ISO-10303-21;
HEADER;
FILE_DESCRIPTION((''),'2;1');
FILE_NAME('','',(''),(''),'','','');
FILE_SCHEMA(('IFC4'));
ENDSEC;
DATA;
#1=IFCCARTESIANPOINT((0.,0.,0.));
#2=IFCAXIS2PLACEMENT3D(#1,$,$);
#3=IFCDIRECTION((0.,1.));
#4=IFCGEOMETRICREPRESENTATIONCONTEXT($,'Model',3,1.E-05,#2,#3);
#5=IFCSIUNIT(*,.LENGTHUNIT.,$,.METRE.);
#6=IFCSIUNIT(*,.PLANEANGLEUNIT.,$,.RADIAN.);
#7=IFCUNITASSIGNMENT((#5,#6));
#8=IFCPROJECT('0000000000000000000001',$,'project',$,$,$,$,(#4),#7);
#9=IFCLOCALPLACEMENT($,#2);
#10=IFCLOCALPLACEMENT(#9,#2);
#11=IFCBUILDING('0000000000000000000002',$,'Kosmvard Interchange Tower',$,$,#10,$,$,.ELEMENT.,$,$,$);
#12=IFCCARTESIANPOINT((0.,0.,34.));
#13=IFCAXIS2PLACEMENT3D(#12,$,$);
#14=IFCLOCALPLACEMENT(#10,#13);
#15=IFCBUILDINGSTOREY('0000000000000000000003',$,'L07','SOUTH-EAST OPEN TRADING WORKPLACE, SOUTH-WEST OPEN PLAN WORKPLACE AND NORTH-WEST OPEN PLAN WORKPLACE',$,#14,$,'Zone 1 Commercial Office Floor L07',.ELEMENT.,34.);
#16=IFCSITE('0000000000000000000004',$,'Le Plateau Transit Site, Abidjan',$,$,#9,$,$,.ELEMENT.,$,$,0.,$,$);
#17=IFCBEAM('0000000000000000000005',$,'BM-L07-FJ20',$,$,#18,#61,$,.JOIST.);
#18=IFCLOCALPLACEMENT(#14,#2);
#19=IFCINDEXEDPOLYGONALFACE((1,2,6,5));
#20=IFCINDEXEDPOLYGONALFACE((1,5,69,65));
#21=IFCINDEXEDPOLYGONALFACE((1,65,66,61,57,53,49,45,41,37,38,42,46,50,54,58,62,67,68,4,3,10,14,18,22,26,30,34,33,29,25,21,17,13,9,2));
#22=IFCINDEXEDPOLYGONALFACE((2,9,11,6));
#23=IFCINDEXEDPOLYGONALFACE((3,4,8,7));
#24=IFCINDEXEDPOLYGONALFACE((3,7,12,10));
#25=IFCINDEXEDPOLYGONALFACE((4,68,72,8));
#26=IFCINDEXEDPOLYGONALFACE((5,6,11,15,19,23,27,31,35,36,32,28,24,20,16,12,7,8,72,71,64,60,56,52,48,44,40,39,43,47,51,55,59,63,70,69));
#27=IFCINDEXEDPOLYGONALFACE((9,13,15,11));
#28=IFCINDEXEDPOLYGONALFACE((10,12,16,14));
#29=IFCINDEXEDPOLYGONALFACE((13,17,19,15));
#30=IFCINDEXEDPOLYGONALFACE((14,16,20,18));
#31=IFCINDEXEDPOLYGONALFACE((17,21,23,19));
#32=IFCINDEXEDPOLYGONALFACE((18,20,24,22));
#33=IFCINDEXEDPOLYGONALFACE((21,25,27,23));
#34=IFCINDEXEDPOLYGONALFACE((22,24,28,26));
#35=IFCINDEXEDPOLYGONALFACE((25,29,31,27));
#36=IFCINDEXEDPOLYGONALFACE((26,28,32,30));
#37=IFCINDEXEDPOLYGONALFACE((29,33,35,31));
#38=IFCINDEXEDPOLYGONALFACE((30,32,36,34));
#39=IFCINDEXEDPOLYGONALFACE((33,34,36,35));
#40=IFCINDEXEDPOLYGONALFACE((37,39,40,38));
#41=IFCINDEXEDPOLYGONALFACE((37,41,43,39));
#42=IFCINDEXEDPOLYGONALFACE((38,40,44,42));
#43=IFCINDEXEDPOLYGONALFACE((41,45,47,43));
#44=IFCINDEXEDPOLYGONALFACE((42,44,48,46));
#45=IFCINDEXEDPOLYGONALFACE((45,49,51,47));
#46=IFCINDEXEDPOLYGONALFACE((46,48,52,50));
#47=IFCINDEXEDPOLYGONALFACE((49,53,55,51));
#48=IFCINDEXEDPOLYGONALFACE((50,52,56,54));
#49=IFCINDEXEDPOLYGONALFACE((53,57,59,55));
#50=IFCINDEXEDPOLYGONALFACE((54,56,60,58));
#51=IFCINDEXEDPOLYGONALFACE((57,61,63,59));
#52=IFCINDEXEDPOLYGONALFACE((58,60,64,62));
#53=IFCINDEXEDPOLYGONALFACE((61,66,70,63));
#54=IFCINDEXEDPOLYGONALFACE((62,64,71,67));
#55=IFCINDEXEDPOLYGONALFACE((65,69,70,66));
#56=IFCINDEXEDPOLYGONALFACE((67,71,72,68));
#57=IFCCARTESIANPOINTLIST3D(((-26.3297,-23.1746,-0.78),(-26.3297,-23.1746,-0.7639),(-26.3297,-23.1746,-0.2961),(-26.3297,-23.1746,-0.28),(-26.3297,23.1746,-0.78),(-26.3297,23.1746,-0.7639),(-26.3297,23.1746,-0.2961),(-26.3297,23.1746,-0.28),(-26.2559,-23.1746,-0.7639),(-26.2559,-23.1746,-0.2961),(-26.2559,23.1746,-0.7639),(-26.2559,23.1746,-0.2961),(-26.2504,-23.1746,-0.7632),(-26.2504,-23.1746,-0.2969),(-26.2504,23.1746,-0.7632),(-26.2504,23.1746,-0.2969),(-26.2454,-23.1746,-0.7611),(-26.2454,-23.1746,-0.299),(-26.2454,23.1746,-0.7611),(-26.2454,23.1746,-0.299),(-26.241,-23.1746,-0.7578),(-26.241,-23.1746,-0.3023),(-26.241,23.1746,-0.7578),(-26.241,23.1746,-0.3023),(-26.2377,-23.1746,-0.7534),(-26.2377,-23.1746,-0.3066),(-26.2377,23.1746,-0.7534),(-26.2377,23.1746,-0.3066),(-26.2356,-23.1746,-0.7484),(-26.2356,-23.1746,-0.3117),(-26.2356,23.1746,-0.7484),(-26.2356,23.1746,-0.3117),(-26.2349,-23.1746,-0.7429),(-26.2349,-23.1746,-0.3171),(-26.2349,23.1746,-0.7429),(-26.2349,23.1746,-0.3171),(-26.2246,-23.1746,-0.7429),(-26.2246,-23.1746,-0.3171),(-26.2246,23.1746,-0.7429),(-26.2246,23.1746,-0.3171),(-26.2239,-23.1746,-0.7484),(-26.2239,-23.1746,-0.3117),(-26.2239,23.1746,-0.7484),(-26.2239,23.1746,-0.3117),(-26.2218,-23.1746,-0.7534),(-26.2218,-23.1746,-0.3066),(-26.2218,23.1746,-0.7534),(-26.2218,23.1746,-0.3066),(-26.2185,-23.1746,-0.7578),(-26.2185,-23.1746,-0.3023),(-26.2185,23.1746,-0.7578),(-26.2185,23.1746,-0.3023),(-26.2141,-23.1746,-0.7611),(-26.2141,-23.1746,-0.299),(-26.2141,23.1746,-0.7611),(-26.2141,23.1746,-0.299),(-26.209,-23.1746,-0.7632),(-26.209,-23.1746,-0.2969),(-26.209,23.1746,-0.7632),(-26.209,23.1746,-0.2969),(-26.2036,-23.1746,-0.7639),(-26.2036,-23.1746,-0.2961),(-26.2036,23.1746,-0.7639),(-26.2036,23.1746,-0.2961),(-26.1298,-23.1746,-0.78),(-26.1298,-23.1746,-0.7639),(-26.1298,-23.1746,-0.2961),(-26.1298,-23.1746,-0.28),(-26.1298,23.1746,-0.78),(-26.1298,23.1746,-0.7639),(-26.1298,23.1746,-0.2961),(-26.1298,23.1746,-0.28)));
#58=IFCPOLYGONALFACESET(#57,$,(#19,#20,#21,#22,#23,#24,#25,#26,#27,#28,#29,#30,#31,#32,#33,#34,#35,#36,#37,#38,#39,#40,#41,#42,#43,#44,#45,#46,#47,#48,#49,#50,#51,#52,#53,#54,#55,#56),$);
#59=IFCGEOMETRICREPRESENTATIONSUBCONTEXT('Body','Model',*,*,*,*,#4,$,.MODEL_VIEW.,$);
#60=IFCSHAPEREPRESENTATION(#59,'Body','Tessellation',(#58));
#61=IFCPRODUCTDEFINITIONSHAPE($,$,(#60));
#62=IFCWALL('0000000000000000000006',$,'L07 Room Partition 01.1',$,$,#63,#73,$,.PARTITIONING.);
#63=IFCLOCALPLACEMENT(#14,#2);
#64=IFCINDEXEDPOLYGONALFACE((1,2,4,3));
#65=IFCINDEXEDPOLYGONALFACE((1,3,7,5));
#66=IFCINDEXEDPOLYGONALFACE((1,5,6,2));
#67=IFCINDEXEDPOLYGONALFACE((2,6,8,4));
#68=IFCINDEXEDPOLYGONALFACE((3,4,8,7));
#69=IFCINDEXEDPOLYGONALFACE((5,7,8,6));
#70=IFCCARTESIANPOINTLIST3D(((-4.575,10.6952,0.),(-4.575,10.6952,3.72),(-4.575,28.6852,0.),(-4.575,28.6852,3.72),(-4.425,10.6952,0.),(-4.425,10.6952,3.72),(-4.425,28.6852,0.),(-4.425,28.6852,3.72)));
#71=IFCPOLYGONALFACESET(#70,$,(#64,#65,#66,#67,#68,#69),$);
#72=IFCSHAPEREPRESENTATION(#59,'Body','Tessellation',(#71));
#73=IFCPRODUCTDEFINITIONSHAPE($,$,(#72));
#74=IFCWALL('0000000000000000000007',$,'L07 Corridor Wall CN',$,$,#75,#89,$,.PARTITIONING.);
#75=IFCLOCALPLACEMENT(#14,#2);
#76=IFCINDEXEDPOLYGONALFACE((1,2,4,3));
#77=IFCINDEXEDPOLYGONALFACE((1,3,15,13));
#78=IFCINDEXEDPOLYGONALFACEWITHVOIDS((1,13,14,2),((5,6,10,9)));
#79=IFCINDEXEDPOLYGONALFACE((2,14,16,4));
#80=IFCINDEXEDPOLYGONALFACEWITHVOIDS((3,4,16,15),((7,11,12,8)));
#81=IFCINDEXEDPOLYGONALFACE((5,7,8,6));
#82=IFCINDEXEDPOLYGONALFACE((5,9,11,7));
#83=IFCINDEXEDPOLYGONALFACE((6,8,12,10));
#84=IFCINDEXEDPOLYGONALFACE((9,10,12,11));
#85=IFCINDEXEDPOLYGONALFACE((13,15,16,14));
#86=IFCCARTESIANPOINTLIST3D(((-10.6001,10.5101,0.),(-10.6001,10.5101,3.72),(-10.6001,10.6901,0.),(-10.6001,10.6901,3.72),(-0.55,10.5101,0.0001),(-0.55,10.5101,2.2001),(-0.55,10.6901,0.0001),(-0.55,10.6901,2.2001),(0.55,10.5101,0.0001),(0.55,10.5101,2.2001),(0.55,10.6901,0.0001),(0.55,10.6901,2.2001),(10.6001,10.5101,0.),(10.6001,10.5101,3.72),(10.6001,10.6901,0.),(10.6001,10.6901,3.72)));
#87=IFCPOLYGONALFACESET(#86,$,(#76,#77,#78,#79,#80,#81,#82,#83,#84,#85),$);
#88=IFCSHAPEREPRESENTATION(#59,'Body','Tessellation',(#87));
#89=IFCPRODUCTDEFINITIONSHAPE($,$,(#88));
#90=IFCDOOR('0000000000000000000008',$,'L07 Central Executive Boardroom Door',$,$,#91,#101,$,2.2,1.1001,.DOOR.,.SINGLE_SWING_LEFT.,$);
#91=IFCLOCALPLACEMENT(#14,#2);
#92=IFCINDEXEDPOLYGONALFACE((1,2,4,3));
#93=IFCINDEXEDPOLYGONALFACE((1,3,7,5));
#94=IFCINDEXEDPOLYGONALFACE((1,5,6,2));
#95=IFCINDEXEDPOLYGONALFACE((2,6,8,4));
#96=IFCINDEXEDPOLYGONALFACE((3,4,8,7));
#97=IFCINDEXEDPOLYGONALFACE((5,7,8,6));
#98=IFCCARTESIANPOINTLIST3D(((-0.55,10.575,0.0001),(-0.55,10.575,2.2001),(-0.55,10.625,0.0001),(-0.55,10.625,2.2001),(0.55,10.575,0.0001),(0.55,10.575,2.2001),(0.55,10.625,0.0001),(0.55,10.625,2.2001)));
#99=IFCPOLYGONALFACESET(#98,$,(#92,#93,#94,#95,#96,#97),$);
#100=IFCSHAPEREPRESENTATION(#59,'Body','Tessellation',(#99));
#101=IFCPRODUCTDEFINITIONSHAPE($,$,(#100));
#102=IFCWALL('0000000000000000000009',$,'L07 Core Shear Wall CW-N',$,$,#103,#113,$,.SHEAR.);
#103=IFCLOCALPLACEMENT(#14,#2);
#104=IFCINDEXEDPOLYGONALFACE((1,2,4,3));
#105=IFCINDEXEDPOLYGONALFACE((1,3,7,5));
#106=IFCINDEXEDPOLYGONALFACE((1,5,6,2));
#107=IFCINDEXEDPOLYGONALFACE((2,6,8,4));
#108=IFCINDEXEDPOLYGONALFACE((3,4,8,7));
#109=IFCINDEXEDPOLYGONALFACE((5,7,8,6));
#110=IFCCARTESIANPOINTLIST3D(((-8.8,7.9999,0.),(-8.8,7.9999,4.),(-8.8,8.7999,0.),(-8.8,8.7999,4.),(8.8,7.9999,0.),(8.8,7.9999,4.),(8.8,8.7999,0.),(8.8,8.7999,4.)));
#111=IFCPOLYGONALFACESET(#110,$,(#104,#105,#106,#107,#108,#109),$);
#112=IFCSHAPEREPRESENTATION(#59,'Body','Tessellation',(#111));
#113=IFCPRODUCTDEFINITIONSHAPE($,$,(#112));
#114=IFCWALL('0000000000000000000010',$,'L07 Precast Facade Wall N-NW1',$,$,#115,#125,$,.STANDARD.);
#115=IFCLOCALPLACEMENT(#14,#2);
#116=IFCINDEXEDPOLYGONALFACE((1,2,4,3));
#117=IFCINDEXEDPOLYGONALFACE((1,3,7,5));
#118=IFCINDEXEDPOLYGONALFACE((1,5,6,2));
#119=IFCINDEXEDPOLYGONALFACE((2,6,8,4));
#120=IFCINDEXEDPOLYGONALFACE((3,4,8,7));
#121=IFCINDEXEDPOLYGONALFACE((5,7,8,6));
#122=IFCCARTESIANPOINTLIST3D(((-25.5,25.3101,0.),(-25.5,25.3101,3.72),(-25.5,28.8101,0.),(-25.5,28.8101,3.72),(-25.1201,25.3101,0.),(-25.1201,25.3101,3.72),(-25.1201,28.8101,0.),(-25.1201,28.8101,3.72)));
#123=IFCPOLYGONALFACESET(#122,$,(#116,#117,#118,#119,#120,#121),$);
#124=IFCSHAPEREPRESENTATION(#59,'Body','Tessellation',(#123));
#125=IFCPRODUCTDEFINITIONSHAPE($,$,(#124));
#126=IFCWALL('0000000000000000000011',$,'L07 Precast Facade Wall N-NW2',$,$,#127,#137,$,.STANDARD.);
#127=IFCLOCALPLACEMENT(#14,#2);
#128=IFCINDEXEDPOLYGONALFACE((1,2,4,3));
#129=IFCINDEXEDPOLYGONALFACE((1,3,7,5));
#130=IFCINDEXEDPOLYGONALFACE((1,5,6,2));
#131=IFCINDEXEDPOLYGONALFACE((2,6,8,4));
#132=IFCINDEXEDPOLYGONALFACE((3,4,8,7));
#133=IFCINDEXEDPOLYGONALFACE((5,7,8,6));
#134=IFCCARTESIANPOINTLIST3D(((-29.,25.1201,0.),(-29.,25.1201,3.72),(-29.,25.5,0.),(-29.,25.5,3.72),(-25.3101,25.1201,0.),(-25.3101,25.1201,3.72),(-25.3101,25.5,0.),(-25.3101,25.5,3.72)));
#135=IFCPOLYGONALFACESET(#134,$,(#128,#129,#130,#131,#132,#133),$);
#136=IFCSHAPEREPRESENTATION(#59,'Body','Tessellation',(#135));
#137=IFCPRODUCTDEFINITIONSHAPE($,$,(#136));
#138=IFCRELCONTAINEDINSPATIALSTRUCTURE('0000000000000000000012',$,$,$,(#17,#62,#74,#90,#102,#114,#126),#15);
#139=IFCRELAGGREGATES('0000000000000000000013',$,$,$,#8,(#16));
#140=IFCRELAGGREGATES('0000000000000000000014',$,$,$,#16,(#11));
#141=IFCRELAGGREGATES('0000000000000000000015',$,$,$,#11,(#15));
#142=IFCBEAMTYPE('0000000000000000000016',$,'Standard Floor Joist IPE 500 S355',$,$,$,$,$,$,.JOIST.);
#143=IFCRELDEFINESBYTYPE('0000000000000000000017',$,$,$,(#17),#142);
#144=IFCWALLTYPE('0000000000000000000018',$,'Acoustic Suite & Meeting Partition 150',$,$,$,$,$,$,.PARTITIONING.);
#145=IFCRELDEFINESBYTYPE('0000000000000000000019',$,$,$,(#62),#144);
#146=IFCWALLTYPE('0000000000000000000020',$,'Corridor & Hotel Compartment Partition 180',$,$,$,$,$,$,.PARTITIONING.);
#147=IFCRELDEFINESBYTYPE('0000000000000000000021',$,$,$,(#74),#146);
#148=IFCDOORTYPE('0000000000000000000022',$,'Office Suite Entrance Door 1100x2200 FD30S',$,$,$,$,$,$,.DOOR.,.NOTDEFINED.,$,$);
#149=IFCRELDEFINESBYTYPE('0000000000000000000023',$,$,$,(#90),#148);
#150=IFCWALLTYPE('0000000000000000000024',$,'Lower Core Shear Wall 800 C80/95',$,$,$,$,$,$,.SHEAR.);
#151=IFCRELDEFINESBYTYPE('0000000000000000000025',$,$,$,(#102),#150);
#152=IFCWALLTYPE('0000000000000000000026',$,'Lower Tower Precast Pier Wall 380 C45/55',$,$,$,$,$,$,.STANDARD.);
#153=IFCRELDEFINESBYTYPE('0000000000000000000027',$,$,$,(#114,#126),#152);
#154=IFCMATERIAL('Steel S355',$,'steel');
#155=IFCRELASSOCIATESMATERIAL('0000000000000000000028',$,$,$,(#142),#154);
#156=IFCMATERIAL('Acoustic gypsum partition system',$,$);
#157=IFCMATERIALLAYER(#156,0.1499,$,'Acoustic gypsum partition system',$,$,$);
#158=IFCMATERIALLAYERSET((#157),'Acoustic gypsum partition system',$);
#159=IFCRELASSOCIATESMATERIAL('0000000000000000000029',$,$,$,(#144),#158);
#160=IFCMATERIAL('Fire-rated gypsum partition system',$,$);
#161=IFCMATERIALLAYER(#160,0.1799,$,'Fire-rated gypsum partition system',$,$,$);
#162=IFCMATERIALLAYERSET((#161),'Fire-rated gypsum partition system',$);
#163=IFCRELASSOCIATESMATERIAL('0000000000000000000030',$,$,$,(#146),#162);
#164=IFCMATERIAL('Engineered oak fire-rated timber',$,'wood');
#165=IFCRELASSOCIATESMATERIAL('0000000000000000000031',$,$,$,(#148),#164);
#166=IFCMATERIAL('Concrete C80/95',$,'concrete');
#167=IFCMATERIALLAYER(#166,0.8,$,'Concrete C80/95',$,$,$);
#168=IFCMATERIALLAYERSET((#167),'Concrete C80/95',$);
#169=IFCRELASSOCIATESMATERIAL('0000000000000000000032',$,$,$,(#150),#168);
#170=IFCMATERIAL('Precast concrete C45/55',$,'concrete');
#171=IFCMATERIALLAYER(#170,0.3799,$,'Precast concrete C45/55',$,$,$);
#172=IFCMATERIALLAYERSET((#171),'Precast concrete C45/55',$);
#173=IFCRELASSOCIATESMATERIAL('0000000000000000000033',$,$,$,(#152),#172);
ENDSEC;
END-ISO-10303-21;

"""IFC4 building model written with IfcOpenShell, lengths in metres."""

from ifc_helpers import new_model, si_unit, direction, frame, frame_2d, origin, origin_2d, place, context, subcontext, project, spatial, rectangle, i_section, extrude, source, transform, mapped, material, layer, layer_set, material_profile, profile_set, type_object, element, fill, save


model = new_model("IFC4")

# Units and contexts
model_context = context("Model", 3, precision=1e-05, world=origin(), true_north=direction((0.0, 1.0)))
body_context = subcontext(model_context, "Body", "Model", "MODEL_VIEW")
ifc_project = project(units=[si_unit("LENGTHUNIT", "METRE"), si_unit("PLANEANGLEUNIT", "RADIAN")], contexts=[model_context])

# Site, building, storey
site_placement = place(None, origin())
site = spatial("IfcSite", under=ifc_project, at=site_placement, Name="Le Plateau Transit Site, Abidjan", CompositionType="ELEMENT", RefElevation=0.0)
building_placement = place(site_placement, origin())
building = spatial("IfcBuilding", under=site, at=building_placement, Name="Kosmvard Interchange Tower", CompositionType="ELEMENT")
storey_placement = place(building_placement, frame((0.0, 0.0, 34.0)))
storey = spatial("IfcBuildingStorey", under=building, at=storey_placement, Name="L07", Description="SOUTH-EAST OPEN TRADING WORKPLACE, SOUTH-WEST OPEN PLAN WORKPLACE AND NORTH-WEST OPEN PLAN WORKPLACE", LongName="Zone 1 Commercial Office Floor L07", CompositionType="ELEMENT", Elevation=34.0)

# Shared definitions
ifc_material_1 = material(Name="Concrete C80/95", Category="concrete")

# Beam
ifc_material_2 = material(Name="Steel S355", Category="steel")
ifc_material_3 = material(Name="Precast concrete C45/55", Category="concrete")
ifc_material_profile_1 = material_profile(ifc_material_2, i_section(OverallWidth=0.2, OverallDepth=0.5, WebThickness=0.0103, FlangeThickness=0.0161, FilletRadius=0.021, at=origin_2d()), Name="IPE 500")
ifc_profile_set_1 = profile_set([ifc_material_profile_1], Name="Steel S355")
beam_type_1 = type_object("IfcBeamType", Name="Standard Floor Joist IPE 500 S355", PredefinedType="JOIST", material=ifc_profile_set_1)
shared_shape_1 = source(origin(), body_context, "Body", "SweptSolid", [
    extrude(i_section(OverallWidth=0.2, OverallDepth=0.5, WebThickness=0.0103, FlangeThickness=0.0161, FilletRadius=0.021, at=origin_2d()), origin(), (0.0, 0.0, 1.0), 46.3491),
])
beam_1_placement = place(storey_placement, frame((-26.2297, 23.1746, -0.53), z_axis=(0.0, -1.0, 0.0), x_axis=(1.0, 0.0, 0.0)))
element("IfcBeam", 1, at=beam_1_placement, inside=storey, type_object=beam_type_1, Name="BM-L07-FJ20", PredefinedType="JOIST", context=body_context, shape_type="MappedRepresentation", body=[
    mapped(shared_shape_1, transform((0.0, 0.0, 0.0), scale=1.0)),
])

# Wall
ifc_material_4 = material(Name="Acoustic gypsum partition system")
ifc_layer_1 = layer(ifc_material_4, 0.1499, Name="Acoustic gypsum partition system")
ifc_layer_set_1 = layer_set([ifc_layer_1], Name="Acoustic gypsum partition system")
wall_type_1 = type_object("IfcWallType", Name="Acoustic Suite & Meeting Partition 150", PredefinedType="PARTITIONING", material=ifc_layer_set_1)
wall_1_placement = place(storey_placement, frame((-4.5, 10.6951, 0.0), z_axis=(0.0, 0.0, 1.0), x_axis=(0.0, 1.0, 0.0)))
element("IfcWall", 2, at=wall_1_placement, inside=storey, type_object=wall_type_1, Name="L07 Room Partition 01.1", PredefinedType="PARTITIONING", context=body_context, shape_type="SweptSolid", body=[
    extrude(rectangle(XDim=17.99, YDim=0.1499, at=frame_2d((8.9951, 0.0))), origin(), (0.0, 0.0, 1.0), 3.72),
])

# Wall, opening, door
ifc_material_5 = material(Name="Fire-rated gypsum partition system")
ifc_layer_2 = layer(ifc_material_5, 0.1799, Name="Fire-rated gypsum partition system")
ifc_layer_set_2 = layer_set([ifc_layer_2], Name="Fire-rated gypsum partition system")
wall_type_2 = type_object("IfcWallType", Name="Corridor & Hotel Compartment Partition 180", PredefinedType="PARTITIONING", material=ifc_layer_set_2)
wall_2_placement = place(storey_placement, frame((-10.6001, 10.6001, 0.0), z_axis=(0.0, 0.0, 1.0), x_axis=(1.0, 0.0, 0.0)))
wall_2 = element("IfcWall", 3, at=wall_2_placement, inside=storey, type_object=wall_type_2, Name="L07 Corridor Wall CN", PredefinedType="PARTITIONING", context=body_context, shape_type="SweptSolid", body=[
    extrude(rectangle(XDim=21.2002, YDim=0.1799, at=frame_2d((10.6001, 0.0))), origin(), (0.0, 0.0, 1.0), 3.72),
])
opening_1_placement = place(wall_2_placement, frame((10.05, 0.0, 0.0)))
opening_1 = element("IfcOpeningElement", 4, at=opening_1_placement, cuts=wall_2, PredefinedType="OPENING", context=body_context, shape_type="SweptSolid", body=[
    extrude(rectangle(XDim=1.1001, YDim=2.2, at=frame_2d((0.55, 1.1001))), frame((0.0, 0.1001, 0.0), z_axis=(0.0, -1.0, 0.0), x_axis=(1.0, 0.0, 0.0)), (0.0, 0.0, 1.0), 0.2),
])
ifc_material_6 = material(Name="Engineered oak fire-rated timber", Category="wood")
door_type_1 = type_object("IfcDoorType", Name="Office Suite Entrance Door 1100x2200 FD30S", OperationType="NOTDEFINED", PredefinedType="DOOR", material=ifc_material_6)
shared_shape_2 = source(origin(), body_context, "Body", "SweptSolid", [
    extrude(rectangle(XDim=1.1001, YDim=2.2, at=frame_2d((0.55, 1.1001))), frame((0.0, 0.0249, 0.0), z_axis=(0.0, -1.0, 0.0), x_axis=(1.0, 0.0, 0.0)), (0.0, 0.0, 1.0), 0.05),
])
door_1_placement = place(opening_1_placement, origin())
door_1 = element("IfcDoor", 5, at=door_1_placement, inside=storey, type_object=door_type_1, Name="L07 Central Executive Boardroom Door", OperationType="SINGLE_SWING_LEFT", OverallHeight=2.2, OverallWidth=1.1001, PredefinedType="DOOR", context=body_context, shape_type="MappedRepresentation", body=[
    mapped(shared_shape_2, transform((0.0, 0.0, 0.0), scale=1.0)),
])
fill(opening_1, door_1)

# Walls
ifc_layer_3 = layer(ifc_material_1, 0.8, Name="Concrete C80/95")
ifc_layer_set_3 = layer_set([ifc_layer_3], Name="Concrete C80/95")
wall_type_3 = type_object("IfcWallType", Name="Lower Core Shear Wall 800 C80/95", PredefinedType="SHEAR", material=ifc_layer_set_3)
wall_3_placement = place(storey_placement, frame((-8.8, 8.3999, 0.0), z_axis=(0.0, 0.0, 1.0), x_axis=(1.0, 0.0, 0.0)))
element("IfcWall", 6, at=wall_3_placement, inside=storey, type_object=wall_type_3, Name="L07 Core Shear Wall CW-N", PredefinedType="SHEAR", context=body_context, shape_type="SweptSolid", body=[
    extrude(rectangle(XDim=17.6001, YDim=0.8, at=frame_2d((8.8, 0.0))), origin(), (0.0, 0.0, 1.0), 4.0),
])
ifc_layer_4 = layer(ifc_material_3, 0.3799, Name="Precast concrete C45/55")
ifc_layer_set_4 = layer_set([ifc_layer_4], Name="Precast concrete C45/55")
wall_type_4 = type_object("IfcWallType", Name="Lower Tower Precast Pier Wall 380 C45/55", PredefinedType="STANDARD", material=ifc_layer_set_4)
wall_4_placement = place(storey_placement, frame((-25.3101, 28.8101, 0.0), z_axis=(0.0, 0.0, 1.0), x_axis=(0.0, -1.0, 0.0)))
element("IfcWall", 7, at=wall_4_placement, inside=storey, type_object=wall_type_4, Name="L07 Precast Facade Wall N-NW1", PredefinedType="STANDARD", context=body_context, shape_type="SweptSolid", body=[
    extrude(rectangle(XDim=3.5, YDim=0.3799, at=frame_2d((1.75, 0.0))), origin(), (0.0, 0.0, 1.0), 3.72),
])
wall_5_placement = place(storey_placement, frame((-25.3101, 25.3101, 0.0), z_axis=(0.0, 0.0, 1.0), x_axis=(-1.0, 0.0, 0.0)))
element("IfcWall", 8, at=wall_5_placement, inside=storey, type_object=wall_type_4, Name="L07 Precast Facade Wall N-NW2", PredefinedType="STANDARD", context=body_context, shape_type="SweptSolid", body=[
    extrude(rectangle(XDim=3.6899, YDim=0.3799, at=frame_2d((1.845, 0.0))), origin(), (0.0, 0.0, 1.0), 3.72),
])

save(model, "model.ifc")
